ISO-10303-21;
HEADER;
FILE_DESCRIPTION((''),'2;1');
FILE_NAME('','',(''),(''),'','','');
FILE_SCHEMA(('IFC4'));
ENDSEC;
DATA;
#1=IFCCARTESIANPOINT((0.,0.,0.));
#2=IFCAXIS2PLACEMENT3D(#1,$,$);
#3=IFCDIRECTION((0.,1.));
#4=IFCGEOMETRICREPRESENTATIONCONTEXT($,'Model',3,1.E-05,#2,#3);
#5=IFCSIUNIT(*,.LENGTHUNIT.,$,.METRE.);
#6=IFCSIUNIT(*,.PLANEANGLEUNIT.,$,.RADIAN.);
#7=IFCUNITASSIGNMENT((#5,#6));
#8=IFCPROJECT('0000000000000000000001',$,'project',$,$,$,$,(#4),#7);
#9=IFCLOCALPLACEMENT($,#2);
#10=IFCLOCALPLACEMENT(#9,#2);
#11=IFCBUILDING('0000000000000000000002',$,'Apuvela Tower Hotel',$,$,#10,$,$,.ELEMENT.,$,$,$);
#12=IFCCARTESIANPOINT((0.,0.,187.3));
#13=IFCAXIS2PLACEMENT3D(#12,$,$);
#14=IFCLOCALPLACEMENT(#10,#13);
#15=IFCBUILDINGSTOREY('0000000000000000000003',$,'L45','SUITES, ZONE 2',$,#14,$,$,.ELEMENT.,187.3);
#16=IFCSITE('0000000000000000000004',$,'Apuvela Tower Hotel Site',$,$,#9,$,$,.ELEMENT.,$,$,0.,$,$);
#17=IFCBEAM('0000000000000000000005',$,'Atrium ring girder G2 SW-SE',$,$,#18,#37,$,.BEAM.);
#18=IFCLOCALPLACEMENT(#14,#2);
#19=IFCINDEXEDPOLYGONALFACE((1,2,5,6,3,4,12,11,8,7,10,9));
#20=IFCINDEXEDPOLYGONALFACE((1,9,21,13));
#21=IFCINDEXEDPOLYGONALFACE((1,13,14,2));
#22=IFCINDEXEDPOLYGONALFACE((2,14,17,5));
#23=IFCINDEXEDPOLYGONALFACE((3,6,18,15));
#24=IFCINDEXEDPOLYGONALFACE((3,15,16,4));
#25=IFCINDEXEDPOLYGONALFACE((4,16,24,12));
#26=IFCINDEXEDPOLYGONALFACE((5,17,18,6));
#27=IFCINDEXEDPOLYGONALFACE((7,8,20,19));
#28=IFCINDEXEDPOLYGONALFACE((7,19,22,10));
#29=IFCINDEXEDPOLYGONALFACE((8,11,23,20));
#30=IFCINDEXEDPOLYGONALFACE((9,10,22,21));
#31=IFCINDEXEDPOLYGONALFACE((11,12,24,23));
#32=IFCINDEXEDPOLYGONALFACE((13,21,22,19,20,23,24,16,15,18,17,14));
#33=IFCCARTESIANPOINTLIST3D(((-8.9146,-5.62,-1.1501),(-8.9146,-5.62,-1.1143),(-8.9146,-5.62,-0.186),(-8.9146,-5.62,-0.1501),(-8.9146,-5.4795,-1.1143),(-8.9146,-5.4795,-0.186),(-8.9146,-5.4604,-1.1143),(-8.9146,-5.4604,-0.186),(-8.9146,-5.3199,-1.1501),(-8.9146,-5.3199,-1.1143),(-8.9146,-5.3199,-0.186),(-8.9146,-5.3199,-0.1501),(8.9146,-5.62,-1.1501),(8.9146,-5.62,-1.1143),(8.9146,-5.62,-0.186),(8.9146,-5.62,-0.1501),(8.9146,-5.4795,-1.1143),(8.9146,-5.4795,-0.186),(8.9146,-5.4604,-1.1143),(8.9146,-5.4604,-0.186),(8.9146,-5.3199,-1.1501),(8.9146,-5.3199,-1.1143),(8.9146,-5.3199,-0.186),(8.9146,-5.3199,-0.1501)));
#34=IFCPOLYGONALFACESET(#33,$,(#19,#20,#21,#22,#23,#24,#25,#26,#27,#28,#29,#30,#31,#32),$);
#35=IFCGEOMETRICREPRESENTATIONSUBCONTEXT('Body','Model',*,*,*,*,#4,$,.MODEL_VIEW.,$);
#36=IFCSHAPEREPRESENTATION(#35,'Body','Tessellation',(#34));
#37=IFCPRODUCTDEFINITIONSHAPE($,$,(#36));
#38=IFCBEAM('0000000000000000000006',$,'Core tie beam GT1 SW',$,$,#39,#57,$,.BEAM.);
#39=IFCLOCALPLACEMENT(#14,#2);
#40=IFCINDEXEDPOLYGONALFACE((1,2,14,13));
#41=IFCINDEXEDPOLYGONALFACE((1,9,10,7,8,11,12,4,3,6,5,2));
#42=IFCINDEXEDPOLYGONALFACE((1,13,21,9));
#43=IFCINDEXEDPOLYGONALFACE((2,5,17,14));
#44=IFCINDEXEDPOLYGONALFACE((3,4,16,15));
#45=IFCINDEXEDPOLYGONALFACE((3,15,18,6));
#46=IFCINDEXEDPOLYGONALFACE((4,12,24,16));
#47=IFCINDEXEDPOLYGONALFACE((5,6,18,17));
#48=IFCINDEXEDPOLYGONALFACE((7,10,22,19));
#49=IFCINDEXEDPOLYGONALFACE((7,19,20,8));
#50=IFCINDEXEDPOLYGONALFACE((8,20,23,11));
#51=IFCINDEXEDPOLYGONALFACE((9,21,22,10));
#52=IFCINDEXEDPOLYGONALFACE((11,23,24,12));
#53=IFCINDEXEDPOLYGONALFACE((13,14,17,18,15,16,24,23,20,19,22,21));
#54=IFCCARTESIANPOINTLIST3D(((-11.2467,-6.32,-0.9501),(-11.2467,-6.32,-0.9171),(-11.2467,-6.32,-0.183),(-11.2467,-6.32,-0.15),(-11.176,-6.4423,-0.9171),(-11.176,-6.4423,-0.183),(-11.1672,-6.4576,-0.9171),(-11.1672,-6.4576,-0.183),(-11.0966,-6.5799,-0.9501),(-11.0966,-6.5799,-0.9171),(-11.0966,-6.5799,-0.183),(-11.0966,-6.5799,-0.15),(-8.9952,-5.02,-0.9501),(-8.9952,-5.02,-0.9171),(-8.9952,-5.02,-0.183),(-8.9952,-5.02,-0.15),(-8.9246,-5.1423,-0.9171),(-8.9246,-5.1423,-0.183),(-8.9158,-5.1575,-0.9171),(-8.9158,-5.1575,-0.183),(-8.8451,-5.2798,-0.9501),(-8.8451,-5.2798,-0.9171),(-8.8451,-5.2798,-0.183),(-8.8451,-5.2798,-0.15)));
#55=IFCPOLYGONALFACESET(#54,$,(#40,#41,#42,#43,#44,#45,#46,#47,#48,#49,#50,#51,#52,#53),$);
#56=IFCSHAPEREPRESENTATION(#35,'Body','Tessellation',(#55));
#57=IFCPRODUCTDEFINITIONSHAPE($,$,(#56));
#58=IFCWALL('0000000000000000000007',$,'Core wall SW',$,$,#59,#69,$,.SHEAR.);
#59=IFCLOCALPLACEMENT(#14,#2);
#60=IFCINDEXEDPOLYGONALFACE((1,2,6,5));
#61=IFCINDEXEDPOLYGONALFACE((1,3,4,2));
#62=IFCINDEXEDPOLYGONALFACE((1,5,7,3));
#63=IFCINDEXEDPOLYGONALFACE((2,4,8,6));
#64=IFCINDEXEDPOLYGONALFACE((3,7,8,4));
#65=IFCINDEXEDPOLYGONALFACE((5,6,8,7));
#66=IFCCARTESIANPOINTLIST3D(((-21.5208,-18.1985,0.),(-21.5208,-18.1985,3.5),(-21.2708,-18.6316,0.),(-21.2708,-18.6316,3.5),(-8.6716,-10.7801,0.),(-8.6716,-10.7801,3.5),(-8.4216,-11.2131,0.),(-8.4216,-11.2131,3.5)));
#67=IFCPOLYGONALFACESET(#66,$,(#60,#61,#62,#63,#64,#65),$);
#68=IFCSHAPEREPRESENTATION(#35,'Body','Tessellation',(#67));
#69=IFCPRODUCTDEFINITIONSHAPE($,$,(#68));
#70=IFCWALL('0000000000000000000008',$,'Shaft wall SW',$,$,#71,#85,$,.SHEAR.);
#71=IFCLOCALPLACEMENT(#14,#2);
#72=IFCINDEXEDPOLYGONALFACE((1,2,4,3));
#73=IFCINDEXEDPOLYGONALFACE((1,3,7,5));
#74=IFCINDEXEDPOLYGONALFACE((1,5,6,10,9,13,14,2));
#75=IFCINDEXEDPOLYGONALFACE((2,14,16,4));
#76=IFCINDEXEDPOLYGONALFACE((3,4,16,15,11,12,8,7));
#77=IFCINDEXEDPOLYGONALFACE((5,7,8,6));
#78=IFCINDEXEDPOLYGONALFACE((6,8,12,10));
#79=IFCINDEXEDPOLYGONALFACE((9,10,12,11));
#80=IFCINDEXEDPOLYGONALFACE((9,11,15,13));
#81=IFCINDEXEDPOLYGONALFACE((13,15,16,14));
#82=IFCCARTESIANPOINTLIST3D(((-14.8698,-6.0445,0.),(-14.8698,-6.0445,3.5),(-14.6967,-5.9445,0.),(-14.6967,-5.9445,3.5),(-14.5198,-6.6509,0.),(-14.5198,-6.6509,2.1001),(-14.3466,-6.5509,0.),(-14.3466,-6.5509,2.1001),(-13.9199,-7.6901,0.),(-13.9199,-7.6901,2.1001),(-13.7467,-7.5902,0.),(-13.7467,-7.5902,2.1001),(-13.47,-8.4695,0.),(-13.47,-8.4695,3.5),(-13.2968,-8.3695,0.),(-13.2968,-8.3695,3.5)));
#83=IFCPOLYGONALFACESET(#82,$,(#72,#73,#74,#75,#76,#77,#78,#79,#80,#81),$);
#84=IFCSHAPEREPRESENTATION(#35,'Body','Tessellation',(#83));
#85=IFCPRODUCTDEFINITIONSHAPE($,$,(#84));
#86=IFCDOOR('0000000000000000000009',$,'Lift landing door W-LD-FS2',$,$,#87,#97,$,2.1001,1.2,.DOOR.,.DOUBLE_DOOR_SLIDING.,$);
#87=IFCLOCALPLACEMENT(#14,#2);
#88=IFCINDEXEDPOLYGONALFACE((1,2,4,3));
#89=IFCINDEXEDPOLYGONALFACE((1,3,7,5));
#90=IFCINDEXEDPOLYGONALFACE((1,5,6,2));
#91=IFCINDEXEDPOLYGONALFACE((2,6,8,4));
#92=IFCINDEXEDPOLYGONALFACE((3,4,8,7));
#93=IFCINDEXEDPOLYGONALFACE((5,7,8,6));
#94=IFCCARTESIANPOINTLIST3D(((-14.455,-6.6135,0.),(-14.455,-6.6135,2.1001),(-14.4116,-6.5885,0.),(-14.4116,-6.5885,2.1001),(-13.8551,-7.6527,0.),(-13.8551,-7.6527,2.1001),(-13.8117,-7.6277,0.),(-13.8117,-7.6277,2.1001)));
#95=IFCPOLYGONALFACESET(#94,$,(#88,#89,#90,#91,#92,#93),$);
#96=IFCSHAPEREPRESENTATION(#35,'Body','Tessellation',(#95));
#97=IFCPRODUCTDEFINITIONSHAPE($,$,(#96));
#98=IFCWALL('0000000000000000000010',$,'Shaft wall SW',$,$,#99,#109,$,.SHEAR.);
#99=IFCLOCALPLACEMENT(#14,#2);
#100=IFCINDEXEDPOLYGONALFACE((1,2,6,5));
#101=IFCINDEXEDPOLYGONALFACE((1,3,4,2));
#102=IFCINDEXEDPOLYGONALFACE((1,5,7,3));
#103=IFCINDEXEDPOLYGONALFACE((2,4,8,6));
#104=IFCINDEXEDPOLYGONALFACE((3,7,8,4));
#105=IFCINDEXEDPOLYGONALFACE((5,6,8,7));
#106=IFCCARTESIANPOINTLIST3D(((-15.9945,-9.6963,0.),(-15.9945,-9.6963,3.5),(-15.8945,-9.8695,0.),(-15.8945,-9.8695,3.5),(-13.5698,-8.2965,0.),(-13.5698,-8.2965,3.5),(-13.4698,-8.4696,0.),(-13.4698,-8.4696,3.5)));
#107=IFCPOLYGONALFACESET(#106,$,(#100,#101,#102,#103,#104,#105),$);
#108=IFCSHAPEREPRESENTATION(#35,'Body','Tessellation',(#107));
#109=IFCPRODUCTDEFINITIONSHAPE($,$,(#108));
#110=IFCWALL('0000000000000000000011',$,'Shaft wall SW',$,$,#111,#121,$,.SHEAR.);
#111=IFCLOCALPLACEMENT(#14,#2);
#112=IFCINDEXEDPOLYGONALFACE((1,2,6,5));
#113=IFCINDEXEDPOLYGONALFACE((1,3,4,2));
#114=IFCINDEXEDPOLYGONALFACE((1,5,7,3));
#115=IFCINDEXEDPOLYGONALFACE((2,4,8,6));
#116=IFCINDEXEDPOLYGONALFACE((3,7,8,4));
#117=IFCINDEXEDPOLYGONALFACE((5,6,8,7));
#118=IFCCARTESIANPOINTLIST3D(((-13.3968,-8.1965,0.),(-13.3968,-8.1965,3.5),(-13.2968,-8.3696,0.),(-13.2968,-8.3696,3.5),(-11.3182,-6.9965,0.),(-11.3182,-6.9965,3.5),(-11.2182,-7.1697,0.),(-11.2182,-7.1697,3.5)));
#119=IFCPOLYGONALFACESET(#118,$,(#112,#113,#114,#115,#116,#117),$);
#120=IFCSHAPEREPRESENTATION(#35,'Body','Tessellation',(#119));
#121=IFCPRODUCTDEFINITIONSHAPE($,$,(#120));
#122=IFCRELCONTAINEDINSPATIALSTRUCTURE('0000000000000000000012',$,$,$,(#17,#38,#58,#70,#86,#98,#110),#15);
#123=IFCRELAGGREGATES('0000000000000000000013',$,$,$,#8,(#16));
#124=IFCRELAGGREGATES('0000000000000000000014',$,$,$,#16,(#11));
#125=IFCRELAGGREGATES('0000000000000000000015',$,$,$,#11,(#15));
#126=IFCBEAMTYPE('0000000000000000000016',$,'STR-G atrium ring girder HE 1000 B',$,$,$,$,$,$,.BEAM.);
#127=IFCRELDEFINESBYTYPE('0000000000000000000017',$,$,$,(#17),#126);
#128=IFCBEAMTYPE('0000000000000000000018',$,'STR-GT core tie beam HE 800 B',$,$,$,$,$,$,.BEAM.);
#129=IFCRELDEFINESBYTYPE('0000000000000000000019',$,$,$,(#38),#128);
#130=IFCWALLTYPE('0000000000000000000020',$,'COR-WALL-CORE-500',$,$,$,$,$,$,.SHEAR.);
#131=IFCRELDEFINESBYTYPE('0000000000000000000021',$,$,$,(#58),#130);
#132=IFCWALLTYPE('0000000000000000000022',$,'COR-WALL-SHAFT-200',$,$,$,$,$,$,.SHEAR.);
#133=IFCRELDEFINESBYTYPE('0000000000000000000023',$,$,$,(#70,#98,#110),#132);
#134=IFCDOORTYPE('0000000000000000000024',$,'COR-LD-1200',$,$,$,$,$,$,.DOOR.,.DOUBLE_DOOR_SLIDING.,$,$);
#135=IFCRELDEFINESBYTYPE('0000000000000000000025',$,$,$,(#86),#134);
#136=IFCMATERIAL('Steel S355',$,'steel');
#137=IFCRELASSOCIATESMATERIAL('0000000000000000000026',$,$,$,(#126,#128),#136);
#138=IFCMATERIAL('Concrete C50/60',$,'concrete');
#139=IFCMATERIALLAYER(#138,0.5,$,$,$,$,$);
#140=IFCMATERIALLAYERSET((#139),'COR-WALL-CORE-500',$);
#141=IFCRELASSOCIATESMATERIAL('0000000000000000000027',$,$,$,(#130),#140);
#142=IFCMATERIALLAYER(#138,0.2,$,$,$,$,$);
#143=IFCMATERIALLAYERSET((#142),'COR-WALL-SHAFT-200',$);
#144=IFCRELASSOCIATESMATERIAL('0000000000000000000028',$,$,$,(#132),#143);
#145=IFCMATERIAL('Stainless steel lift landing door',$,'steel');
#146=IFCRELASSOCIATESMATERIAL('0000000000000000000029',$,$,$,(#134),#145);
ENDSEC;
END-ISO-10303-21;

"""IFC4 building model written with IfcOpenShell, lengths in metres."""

from ifc_helpers import new_model, si_unit, direction, frame, frame_2d, origin, origin_2d, place, context, subcontext, project, spatial, rectangle, i_section, extrude, material, layer, layer_set, material_profile, profile_set, type_object, element, fill, save


model = new_model("IFC4")

# Units and contexts
model_context = context("Model", 3, precision=1e-05, world=origin(), true_north=direction((0.0, 1.0)))
body_context = subcontext(model_context, "Body", "Model", "MODEL_VIEW")
ifc_project = project(units=[si_unit("LENGTHUNIT", "METRE"), si_unit("PLANEANGLEUNIT", "RADIAN")], contexts=[model_context])

# Site, building, storey
site_placement = place(None, origin())
site = spatial("IfcSite", under=ifc_project, at=site_placement, Name="Apuvela Tower Hotel Site", CompositionType="ELEMENT", RefElevation=0.0)
building_placement = place(site_placement, origin())
building = spatial("IfcBuilding", under=site, at=building_placement, Name="Apuvela Tower Hotel", CompositionType="ELEMENT")
storey_placement = place(building_placement, frame((0.0, 0.0, 187.3)))
storey = spatial("IfcBuildingStorey", under=building, at=storey_placement, Name="L45", Description="SUITES, ZONE 2", CompositionType="ELEMENT", Elevation=187.3)

# Beams
ifc_material_1 = material(Name="Steel S355", Category="steel")
ifc_material_profile_1 = material_profile(ifc_material_1, i_section(OverallWidth=0.3, OverallDepth=1.0, WebThickness=0.019, FlangeThickness=0.0359, at=origin_2d()), Name="HE 1000 B")
ifc_profile_set_1 = profile_set([ifc_material_profile_1], Name="Steel S355")
beam_type_1 = type_object("IfcBeamType", Name="STR-G atrium ring girder HE 1000 B", PredefinedType="BEAM", material=ifc_profile_set_1)
beam_1_placement = place(storey_placement, frame((-8.9146, -5.47, -0.6501), z_axis=(1.0, 0.0, 0.0), x_axis=(0.0, 1.0, 0.0)))
element("IfcBeam", 1, at=beam_1_placement, inside=storey, type_object=beam_type_1, Name="Atrium ring girder G2 SW-SE", PredefinedType="BEAM", context=body_context, shape_type="SweptSolid", body=[
    extrude(i_section(OverallWidth=0.3, OverallDepth=1.0, WebThickness=0.019, FlangeThickness=0.0359, at=origin_2d()), origin(), (0.0, 0.0, 1.0), 17.8291),
])
ifc_material_profile_2 = material_profile(ifc_material_1, i_section(OverallWidth=0.3, OverallDepth=0.8, WebThickness=0.0176, FlangeThickness=0.033, at=origin_2d()), Name="HE 800 B")
ifc_profile_set_2 = profile_set([ifc_material_profile_2], Name="Steel S355")
beam_type_2 = type_object("IfcBeamType", Name="STR-GT core tie beam HE 800 B", PredefinedType="BEAM", material=ifc_profile_set_2)
beam_2_placement = place(storey_placement, frame((-11.1716, -6.45, -0.55), z_axis=(0.865998, 0.500048, 0.0), x_axis=(-0.500048, 0.865998, 0.0)))
element("IfcBeam", 2, at=beam_2_placement, inside=storey, type_object=beam_type_2, Name="Core tie beam GT1 SW", PredefinedType="BEAM", context=body_context, shape_type="SweptSolid", body=[
    extrude(i_section(OverallWidth=0.3, OverallDepth=0.8, WebThickness=0.0176, FlangeThickness=0.033, at=origin_2d()), origin(), (0.0, 0.0, 1.0), 2.5999),
])

# Wall
ifc_material_2 = material(Name="Concrete C50/60", Category="concrete")
ifc_layer_1 = layer(ifc_material_2, 0.5)
ifc_layer_set_1 = layer_set([ifc_layer_1], Name="COR-WALL-CORE-500")
wall_type_1 = type_object("IfcWallType", Name="COR-WALL-CORE-500", PredefinedType="SHEAR", material=ifc_layer_set_1)
wall_1_placement = place(storey_placement, frame((-8.5466, -10.9966, 0.0), z_axis=(0.0, 0.0, 1.0), x_axis=(-0.866025, -0.500001, 0.0)))
element("IfcWall", 3, at=wall_1_placement, inside=storey, type_object=wall_type_1, Name="Core wall SW", PredefinedType="SHEAR", context=body_context, shape_type="SweptSolid", body=[
    extrude(rectangle(XDim=14.8369, YDim=0.5, at=frame_2d((7.4185, 0.0))), origin(), (0.0, 0.0, 1.0), 3.5),
])

# Wall, opening, door
ifc_layer_2 = layer(ifc_material_2, 0.2)
ifc_layer_set_2 = layer_set([ifc_layer_2], Name="COR-WALL-SHAFT-200")
wall_type_2 = type_object("IfcWallType", Name="COR-WALL-SHAFT-200", PredefinedType="SHEAR", material=ifc_layer_set_2)
wall_2_placement = place(storey_placement, frame((-14.7832, -5.9946, 0.0), z_axis=(0.0, 0.0, 1.0), x_axis=(0.499946, -0.866056, 0.0)))
wall_2 = element("IfcWall", 4, at=wall_2_placement, inside=storey, type_object=wall_type_2, Name="Shaft wall SW", PredefinedType="SHEAR", context=body_context, shape_type="SweptSolid", body=[
    extrude(rectangle(XDim=2.8, YDim=0.2, at=frame_2d((1.3999, 0.0))), origin(), (0.0, 0.0, 1.0), 3.5),
])
opening_1_placement = place(wall_2_placement, frame((0.7, 0.0, 0.0)))
opening_1 = element("IfcOpeningElement", 5, at=opening_1_placement, cuts=wall_2, PredefinedType="OPENING", context=body_context, shape_type="SweptSolid", body=[
    extrude(rectangle(XDim=1.2, YDim=2.1001, at=frame_2d((0.6001, 1.05))), frame((0.0, 0.1099, 0.0), z_axis=(0.0, -1.0, 0.0), x_axis=(1.0, 0.0, 0.0)), (0.0, 0.0, 1.0), 0.22),
])
ifc_material_3 = material(Name="Stainless steel lift landing door", Category="steel")
door_type_1 = type_object("IfcDoorType", Name="COR-LD-1200", OperationType="DOUBLE_DOOR_SLIDING", PredefinedType="DOOR", material=ifc_material_3)
door_1_placement = place(opening_1_placement, origin())
door_1 = element("IfcDoor", 6, at=door_1_placement, inside=storey, type_object=door_type_1, Name="Lift landing door W-LD-FS2", OperationType="DOUBLE_DOOR_SLIDING", OverallHeight=2.1001, OverallWidth=1.2, PredefinedType="DOOR", context=body_context, shape_type="SweptSolid", body=[
    extrude(rectangle(XDim=1.2, YDim=2.1001, at=frame_2d((0.6001, 1.05))), frame((0.0, 0.0249, 0.0), z_axis=(0.0, -1.0, 0.0), x_axis=(1.0, 0.0, 0.0)), (0.0, 0.0, 1.0), 0.05),
])
fill(opening_1, door_1)

# Walls
wall_3_placement = place(storey_placement, frame((-13.5198, -8.3831, 0.0), z_axis=(0.0, 0.0, 1.0), x_axis=(-0.866035, -0.499984, 0.0)))
element("IfcWall", 7, at=wall_3_placement, inside=storey, type_object=wall_type_2, Name="Shaft wall SW", PredefinedType="SHEAR", context=body_context, shape_type="SweptSolid", body=[
    extrude(rectangle(XDim=2.7998, YDim=0.2, at=frame_2d((1.3999, 0.0))), origin(), (0.0, 0.0, 1.0), 3.5),
])
wall_4_placement = place(storey_placement, frame((-11.2681, -7.083, 0.0), z_axis=(0.0, 0.0, 1.0), x_axis=(-0.86605, -0.499957, 0.0)))
element("IfcWall", 8, at=wall_4_placement, inside=storey, type_object=wall_type_2, Name="Shaft wall SW", PredefinedType="SHEAR", context=body_context, shape_type="SweptSolid", body=[
    extrude(rectangle(XDim=2.4001, YDim=0.2, at=frame_2d((1.2002, 0.0))), origin(), (0.0, 0.0, 1.0), 3.5),
])

save(model, "model.ifc")
